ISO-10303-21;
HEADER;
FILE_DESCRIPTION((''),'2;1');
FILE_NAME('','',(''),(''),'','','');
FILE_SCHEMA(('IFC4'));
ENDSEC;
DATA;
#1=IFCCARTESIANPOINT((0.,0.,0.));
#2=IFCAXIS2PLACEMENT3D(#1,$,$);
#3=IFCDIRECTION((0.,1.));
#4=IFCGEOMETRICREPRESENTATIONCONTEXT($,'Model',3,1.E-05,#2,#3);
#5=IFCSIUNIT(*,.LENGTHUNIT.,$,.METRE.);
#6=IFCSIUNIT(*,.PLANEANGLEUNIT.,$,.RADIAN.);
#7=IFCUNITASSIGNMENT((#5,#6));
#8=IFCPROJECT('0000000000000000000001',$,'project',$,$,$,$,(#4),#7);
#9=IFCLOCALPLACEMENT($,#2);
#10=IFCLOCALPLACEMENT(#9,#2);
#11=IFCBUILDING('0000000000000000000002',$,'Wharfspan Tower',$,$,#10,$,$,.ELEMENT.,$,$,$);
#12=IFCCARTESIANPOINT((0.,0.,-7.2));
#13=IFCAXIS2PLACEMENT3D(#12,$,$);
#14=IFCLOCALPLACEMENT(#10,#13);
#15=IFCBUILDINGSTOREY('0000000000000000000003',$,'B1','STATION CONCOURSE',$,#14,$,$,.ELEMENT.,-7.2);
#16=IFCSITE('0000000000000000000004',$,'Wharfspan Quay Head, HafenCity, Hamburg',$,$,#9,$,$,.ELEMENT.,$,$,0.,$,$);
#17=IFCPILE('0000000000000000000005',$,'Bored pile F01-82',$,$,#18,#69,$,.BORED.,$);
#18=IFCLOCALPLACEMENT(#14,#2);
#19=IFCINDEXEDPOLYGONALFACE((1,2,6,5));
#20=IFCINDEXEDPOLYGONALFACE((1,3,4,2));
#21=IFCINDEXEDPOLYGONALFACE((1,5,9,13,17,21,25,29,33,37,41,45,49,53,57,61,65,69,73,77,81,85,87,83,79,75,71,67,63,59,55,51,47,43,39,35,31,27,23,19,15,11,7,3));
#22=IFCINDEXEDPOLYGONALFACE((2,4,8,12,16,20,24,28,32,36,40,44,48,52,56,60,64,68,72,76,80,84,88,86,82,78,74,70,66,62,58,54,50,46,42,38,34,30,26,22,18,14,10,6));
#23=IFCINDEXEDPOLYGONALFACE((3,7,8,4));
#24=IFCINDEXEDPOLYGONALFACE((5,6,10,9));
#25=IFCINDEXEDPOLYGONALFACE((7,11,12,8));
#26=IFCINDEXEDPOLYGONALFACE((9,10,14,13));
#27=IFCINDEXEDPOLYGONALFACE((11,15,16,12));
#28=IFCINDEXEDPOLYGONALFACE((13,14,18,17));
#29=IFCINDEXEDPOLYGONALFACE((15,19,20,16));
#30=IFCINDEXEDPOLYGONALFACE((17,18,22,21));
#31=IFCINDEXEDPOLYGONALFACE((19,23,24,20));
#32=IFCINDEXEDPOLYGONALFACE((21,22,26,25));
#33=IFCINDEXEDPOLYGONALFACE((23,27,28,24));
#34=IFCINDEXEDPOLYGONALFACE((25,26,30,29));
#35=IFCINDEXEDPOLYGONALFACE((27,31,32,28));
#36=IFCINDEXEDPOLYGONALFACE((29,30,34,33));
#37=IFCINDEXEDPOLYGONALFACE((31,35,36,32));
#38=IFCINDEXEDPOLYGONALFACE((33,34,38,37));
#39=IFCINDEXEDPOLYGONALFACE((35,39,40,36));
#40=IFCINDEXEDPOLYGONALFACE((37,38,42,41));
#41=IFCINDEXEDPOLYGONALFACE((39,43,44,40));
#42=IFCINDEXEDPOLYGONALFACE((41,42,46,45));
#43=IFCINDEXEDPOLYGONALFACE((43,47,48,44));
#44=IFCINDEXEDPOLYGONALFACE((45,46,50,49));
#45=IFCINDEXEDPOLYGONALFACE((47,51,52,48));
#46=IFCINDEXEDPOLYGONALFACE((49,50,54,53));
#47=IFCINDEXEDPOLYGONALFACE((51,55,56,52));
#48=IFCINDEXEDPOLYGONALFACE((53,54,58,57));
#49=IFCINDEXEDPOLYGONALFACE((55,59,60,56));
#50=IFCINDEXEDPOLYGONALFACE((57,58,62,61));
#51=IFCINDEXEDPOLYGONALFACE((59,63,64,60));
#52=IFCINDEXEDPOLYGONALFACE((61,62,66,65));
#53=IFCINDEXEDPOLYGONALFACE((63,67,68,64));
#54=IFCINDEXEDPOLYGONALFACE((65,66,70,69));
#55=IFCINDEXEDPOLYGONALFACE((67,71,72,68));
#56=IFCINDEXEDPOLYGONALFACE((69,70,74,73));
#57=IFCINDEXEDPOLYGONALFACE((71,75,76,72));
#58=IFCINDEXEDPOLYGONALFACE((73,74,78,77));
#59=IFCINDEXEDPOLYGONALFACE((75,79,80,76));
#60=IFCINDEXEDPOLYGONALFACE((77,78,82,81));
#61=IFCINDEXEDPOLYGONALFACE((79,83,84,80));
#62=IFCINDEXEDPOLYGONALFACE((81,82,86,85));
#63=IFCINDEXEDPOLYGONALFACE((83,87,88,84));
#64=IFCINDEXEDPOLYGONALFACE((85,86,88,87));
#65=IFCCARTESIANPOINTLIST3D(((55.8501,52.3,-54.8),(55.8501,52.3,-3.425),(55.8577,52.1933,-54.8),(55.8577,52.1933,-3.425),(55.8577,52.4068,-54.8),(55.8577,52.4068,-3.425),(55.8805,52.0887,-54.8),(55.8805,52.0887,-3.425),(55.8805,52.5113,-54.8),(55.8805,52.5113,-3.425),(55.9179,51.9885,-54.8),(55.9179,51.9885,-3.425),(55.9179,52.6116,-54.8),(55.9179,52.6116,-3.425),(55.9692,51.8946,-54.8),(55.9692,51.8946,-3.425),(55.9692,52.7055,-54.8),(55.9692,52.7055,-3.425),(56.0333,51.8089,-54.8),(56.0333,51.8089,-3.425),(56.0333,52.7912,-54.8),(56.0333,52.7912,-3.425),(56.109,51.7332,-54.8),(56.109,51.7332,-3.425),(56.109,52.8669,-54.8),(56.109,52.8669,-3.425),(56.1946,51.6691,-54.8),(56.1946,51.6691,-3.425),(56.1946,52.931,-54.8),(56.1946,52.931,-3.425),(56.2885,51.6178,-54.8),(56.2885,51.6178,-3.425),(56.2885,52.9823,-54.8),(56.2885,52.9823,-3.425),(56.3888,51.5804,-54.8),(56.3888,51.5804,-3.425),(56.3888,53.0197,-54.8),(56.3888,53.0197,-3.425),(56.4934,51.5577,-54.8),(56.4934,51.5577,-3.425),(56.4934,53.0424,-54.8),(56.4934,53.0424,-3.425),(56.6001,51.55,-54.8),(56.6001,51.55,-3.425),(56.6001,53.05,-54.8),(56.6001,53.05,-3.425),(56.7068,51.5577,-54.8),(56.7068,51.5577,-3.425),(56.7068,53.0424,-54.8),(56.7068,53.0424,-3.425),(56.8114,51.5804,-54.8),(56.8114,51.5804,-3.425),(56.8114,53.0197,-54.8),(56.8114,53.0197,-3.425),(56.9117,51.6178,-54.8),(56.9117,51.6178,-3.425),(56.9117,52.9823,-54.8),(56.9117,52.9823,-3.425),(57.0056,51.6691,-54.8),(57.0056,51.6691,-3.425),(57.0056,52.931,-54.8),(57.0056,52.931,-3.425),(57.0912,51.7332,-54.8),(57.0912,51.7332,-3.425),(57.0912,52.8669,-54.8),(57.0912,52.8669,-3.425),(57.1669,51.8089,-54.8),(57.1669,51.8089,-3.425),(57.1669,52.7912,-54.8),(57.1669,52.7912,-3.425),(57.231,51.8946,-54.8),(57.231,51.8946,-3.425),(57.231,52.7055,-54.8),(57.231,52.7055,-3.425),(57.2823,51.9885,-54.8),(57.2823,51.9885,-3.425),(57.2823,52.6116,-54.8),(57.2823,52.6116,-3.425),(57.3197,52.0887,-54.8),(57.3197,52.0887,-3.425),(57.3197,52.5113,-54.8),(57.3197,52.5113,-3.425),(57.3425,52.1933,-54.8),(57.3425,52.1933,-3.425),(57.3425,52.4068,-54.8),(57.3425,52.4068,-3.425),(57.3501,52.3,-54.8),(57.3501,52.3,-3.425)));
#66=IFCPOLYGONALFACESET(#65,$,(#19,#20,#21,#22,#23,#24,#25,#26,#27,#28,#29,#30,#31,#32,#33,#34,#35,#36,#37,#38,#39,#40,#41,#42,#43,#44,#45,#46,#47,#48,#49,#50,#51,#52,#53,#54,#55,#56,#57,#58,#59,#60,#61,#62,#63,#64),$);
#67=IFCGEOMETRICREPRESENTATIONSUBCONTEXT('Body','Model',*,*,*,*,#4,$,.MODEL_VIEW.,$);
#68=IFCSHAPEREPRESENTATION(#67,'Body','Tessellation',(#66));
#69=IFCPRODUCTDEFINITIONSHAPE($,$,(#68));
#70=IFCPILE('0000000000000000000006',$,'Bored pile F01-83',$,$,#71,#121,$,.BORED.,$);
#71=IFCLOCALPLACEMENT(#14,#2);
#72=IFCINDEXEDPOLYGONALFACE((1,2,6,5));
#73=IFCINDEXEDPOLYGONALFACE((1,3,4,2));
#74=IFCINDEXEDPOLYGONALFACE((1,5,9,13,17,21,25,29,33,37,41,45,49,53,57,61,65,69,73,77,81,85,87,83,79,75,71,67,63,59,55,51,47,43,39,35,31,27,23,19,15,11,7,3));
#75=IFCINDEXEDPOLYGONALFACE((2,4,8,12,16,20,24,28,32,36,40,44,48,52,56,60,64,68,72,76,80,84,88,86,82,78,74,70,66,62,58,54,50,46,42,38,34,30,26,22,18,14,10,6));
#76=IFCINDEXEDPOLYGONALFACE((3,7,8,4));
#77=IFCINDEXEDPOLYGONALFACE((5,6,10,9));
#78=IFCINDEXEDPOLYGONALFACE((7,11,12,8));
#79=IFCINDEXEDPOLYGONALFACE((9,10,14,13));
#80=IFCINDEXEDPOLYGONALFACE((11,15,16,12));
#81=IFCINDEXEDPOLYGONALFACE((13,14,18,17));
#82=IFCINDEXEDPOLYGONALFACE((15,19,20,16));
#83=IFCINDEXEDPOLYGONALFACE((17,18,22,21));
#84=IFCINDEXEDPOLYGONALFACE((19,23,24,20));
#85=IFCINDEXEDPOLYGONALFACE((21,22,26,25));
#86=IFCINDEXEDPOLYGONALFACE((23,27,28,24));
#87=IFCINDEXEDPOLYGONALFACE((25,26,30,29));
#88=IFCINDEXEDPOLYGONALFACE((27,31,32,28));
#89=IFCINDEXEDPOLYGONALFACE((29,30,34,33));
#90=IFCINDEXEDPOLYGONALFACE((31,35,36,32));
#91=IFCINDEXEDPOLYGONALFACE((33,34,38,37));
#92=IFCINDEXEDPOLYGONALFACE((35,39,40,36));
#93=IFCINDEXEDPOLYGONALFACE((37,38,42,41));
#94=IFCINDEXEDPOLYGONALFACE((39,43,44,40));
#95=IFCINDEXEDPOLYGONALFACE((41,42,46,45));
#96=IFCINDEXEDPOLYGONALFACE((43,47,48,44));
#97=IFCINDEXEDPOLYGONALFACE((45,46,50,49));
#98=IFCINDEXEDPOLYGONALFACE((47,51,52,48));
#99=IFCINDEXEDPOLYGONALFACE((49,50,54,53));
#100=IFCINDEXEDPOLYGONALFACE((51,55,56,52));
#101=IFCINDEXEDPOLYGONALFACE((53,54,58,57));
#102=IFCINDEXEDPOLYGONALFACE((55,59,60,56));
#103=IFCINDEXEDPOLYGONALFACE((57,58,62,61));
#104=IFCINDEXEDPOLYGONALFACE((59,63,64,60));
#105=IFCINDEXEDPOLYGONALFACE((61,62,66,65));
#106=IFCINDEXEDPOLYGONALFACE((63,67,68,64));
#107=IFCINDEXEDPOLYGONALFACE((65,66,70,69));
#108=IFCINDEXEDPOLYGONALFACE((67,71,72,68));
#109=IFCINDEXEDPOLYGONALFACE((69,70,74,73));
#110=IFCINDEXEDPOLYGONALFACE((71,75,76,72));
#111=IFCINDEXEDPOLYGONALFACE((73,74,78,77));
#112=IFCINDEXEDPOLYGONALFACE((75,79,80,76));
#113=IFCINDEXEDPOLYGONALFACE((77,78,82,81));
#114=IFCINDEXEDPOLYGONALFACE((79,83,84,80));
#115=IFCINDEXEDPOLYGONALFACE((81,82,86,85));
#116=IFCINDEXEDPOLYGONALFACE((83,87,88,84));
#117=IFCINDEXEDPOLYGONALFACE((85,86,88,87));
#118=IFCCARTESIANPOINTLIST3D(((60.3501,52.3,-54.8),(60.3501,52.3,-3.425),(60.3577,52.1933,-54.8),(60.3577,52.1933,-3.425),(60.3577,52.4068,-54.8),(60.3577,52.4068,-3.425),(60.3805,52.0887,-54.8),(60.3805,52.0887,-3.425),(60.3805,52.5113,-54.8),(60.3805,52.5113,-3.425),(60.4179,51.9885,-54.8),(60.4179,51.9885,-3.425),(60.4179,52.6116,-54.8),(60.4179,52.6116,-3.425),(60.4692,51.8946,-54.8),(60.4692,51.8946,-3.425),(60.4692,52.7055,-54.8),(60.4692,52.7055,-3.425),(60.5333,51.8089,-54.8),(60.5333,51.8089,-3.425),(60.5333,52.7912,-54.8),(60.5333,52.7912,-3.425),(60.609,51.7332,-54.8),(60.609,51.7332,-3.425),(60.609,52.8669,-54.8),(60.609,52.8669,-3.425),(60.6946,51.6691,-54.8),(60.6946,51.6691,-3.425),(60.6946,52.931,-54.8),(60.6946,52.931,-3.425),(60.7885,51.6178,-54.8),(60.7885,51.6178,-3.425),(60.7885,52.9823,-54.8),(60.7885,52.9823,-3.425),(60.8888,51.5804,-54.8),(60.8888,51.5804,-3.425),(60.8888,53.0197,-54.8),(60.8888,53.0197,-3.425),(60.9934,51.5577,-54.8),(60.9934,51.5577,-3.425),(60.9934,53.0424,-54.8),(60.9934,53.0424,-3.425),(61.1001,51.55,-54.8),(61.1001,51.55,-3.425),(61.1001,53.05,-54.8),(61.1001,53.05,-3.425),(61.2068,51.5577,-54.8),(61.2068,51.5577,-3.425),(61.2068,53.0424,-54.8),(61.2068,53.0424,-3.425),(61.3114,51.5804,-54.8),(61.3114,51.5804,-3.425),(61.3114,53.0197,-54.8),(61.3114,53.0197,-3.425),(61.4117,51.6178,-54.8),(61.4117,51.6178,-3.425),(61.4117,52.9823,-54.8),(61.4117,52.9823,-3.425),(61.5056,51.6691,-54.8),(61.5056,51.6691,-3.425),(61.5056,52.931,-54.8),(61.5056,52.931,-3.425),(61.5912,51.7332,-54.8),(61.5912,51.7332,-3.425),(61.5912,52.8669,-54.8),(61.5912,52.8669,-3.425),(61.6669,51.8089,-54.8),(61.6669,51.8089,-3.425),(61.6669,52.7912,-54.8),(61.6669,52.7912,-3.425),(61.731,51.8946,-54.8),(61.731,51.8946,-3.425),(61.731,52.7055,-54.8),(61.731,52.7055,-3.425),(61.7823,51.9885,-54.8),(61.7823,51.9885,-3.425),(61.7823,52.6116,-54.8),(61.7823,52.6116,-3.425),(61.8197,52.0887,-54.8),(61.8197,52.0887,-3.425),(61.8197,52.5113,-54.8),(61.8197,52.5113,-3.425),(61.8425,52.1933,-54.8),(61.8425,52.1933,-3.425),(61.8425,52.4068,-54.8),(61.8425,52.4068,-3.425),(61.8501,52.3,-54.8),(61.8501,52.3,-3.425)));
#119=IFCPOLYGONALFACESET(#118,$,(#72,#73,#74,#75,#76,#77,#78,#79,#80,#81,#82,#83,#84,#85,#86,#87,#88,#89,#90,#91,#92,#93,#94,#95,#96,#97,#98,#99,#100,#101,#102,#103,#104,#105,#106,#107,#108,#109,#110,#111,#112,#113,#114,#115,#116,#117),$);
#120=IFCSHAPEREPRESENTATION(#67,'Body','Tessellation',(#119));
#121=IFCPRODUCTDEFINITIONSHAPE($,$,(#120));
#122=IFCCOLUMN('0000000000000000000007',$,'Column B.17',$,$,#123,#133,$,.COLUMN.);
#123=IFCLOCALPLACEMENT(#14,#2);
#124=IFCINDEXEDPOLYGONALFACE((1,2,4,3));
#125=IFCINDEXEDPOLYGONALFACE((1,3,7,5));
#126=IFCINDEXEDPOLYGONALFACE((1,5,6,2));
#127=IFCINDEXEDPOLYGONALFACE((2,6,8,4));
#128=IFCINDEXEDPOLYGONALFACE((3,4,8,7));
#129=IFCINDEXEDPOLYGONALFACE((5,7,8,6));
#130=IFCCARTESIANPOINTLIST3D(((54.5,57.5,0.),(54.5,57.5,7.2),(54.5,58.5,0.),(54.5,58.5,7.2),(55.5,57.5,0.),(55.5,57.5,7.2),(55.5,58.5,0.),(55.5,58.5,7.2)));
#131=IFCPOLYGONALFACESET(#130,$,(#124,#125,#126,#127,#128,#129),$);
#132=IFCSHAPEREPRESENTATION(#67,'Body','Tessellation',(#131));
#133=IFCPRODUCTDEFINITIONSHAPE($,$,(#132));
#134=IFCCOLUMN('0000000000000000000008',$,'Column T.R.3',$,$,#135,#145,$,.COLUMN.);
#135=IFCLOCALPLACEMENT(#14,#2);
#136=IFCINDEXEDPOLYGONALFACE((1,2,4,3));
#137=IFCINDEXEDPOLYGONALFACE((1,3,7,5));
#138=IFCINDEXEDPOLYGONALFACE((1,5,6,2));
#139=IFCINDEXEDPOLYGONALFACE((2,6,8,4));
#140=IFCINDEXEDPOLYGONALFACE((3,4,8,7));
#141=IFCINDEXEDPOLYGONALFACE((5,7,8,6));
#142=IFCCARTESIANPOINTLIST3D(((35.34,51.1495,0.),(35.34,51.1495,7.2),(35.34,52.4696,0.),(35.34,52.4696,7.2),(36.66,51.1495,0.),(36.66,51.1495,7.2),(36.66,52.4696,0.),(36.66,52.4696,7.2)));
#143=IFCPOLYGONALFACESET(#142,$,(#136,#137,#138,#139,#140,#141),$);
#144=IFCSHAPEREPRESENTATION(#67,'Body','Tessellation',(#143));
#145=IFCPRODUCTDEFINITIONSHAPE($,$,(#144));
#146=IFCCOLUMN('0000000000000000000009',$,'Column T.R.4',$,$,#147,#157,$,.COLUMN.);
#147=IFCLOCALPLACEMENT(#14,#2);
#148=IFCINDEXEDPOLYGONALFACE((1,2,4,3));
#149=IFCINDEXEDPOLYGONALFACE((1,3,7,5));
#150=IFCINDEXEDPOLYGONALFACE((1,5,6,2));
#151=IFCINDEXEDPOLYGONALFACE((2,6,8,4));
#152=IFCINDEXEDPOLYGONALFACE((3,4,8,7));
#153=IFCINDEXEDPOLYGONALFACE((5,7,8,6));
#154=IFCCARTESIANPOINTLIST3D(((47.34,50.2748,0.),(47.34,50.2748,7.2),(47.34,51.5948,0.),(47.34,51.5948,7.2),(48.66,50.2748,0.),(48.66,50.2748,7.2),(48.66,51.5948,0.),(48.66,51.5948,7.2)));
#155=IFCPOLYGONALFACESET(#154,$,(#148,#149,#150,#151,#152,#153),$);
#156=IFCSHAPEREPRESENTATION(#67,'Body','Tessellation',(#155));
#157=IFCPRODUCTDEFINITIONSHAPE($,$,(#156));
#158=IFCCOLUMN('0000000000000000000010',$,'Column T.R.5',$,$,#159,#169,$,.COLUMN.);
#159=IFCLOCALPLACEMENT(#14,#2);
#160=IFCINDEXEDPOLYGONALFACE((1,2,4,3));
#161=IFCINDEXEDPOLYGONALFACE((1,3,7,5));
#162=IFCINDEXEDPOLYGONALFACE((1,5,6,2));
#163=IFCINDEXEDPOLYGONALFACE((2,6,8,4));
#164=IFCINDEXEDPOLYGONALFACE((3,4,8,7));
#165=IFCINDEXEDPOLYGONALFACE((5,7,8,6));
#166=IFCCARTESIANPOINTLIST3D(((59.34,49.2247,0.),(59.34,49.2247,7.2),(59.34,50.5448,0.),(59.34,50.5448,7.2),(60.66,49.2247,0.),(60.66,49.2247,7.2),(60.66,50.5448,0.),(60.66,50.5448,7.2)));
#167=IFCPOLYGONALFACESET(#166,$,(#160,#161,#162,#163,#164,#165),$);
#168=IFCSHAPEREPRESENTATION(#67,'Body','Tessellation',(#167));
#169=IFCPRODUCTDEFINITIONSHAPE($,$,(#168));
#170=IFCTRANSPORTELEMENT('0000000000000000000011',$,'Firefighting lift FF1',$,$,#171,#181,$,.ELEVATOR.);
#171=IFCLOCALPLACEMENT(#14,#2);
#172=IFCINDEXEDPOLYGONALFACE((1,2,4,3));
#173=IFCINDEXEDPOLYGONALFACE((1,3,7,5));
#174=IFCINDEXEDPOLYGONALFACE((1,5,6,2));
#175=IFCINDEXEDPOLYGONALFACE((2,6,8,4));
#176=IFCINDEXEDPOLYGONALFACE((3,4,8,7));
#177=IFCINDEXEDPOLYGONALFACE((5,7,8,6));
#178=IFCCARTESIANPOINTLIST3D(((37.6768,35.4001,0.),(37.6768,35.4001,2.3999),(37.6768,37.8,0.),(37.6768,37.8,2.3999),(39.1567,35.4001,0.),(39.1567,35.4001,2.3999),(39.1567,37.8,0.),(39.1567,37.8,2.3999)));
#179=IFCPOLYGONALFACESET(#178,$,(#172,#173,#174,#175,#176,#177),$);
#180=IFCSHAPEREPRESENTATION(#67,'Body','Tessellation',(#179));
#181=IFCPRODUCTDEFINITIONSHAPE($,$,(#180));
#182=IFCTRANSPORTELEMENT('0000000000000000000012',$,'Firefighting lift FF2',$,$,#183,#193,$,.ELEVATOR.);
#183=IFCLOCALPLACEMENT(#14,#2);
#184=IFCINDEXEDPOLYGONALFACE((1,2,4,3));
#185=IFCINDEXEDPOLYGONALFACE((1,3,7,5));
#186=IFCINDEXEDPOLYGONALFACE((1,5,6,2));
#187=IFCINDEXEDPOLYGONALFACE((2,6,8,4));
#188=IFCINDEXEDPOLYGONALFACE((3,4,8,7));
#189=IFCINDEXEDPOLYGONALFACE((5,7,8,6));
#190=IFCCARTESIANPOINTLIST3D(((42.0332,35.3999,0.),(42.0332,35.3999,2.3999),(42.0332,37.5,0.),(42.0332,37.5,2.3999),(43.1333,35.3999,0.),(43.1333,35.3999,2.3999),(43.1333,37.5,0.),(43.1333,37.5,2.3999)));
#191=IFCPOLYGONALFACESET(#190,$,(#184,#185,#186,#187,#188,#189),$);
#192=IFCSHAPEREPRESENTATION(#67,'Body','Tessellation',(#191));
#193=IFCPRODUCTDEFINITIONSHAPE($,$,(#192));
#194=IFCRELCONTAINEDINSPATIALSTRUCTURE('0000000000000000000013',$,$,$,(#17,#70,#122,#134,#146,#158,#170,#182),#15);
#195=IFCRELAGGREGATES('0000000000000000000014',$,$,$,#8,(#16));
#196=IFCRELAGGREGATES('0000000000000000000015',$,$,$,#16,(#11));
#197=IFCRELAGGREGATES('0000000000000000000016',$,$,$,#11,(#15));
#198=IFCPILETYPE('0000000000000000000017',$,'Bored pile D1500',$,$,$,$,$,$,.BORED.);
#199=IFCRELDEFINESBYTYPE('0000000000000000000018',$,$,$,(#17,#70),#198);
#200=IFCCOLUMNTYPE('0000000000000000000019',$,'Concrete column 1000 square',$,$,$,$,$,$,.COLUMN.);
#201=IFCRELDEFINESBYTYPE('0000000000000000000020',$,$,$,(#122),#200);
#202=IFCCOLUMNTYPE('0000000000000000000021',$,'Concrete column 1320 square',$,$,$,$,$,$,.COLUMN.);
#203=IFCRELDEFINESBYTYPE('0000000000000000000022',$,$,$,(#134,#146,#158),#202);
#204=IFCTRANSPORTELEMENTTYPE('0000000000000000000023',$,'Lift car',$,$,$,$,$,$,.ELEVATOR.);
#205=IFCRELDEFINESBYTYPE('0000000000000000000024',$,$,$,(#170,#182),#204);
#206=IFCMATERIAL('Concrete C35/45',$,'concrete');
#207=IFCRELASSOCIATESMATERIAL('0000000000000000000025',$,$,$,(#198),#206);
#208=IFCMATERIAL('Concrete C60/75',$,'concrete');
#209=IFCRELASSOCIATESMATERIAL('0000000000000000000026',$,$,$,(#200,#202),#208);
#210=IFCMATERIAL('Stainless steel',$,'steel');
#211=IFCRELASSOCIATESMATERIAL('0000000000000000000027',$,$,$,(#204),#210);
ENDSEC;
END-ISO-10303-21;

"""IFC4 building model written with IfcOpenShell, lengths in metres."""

from ifc_helpers import new_model, si_unit, direction, frame, origin, origin_2d, place, context, subcontext, project, spatial, rectangle, circle, extrude, material, material_profile, profile_set, type_object, element, save


model = new_model("IFC4")

# Units and contexts
model_context = context("Model", 3, precision=1e-05, world=origin(), true_north=direction((0.0, 1.0)))
body_context = subcontext(model_context, "Body", "Model", "MODEL_VIEW")
ifc_project = project(units=[si_unit("LENGTHUNIT", "METRE"), si_unit("PLANEANGLEUNIT", "RADIAN")], contexts=[model_context])

# Site, building, storey
site_placement = place(None, origin())
site = spatial("IfcSite", under=ifc_project, at=site_placement, Name="Wharfspan Quay Head, HafenCity, Hamburg", CompositionType="ELEMENT", RefElevation=0.0)
building_placement = place(site_placement, origin())
building = spatial("IfcBuilding", under=site, at=building_placement, Name="Wharfspan Tower", CompositionType="ELEMENT")
storey_placement = place(building_placement, frame((0.0, 0.0, -7.2)))
storey = spatial("IfcBuildingStorey", under=building, at=storey_placement, Name="B1", Description="STATION CONCOURSE", CompositionType="ELEMENT", Elevation=-7.2)

# Piles
ifc_material_1 = material(Name="Concrete C35/45", Category="concrete")
ifc_material_profile_1 = material_profile(ifc_material_1, circle(Radius=0.75, at=origin_2d()))
ifc_profile_set_1 = profile_set([ifc_material_profile_1], Name="Concrete C35/45")
pile_type = type_object("IfcPileType", Name="Bored pile D1500", PredefinedType="BORED", material=ifc_profile_set_1)
for number, where, z_axis, x_axis, name in (
    (1, (56.6001, 52.3, -3.425), (0.0, 0.0, -1.0), (1.0, 0.0, 0.0), "Bored pile F01-82"),
    (2, (61.1001, 52.3, -3.425), (0.0, 0.0, -1.0), (1.0, 0.0, 0.0), "Bored pile F01-83"),
):
    element("IfcPile", number, at=place(storey_placement, frame(where, z_axis=z_axis, x_axis=x_axis)), inside=storey, type_object=pile_type, Name=name, PredefinedType="BORED", context=body_context, shape_type="SweptSolid", body=[
        extrude(circle(Radius=0.75, at=origin_2d()), origin(), (0.0, 0.0, 1.0), 51.375),
    ])

# Columns
ifc_material_2 = material(Name="Concrete C60/75", Category="concrete")
ifc_material_profile_2 = material_profile(ifc_material_2, rectangle(XDim=1.0, YDim=1.0, at=origin_2d()))
ifc_profile_set_2 = profile_set([ifc_material_profile_2], Name="Concrete C60/75")
column_type_1 = type_object("IfcColumnType", Name="Concrete column 1000 square", PredefinedType="COLUMN", material=ifc_profile_set_2)
column_placement = place(storey_placement, frame((55.0, 58.0, 0.0), z_axis=(0.0, 0.0, 1.0), x_axis=(1.0, 0.0, 0.0)))
element("IfcColumn", 3, at=column_placement, inside=storey, type_object=column_type_1, Name="Column B.17", PredefinedType="COLUMN", context=body_context, shape_type="SweptSolid", body=[
    extrude(rectangle(XDim=1.0, YDim=1.0, at=origin_2d()), origin(), (0.0, 0.0, 1.0), 7.2),
])
ifc_material_profile_3 = material_profile(ifc_material_2, rectangle(XDim=1.3201, YDim=1.3201, at=origin_2d()))
ifc_profile_set_3 = profile_set([ifc_material_profile_3], Name="Concrete C60/75")
column_type_2 = type_object("IfcColumnType", Name="Concrete column 1320 square", PredefinedType="COLUMN", material=ifc_profile_set_3)
for number, where, z_axis, x_axis, name in (
    (4, (36.0, 51.8096, 0.0), (0.0, 0.0, 1.0), (1.0, 0.0, 0.0), "Column T.R.3"),
    (5, (48.0, 50.9348, 0.0), (0.0, 0.0, 1.0), (1.0, 0.0, 0.0), "Column T.R.4"),
    (6, (60.0, 49.8848, 0.0), (0.0, 0.0, 1.0), (1.0, 0.0, 0.0), "Column T.R.5"),
):
    element("IfcColumn", number, at=place(storey_placement, frame(where, z_axis=z_axis, x_axis=x_axis)), inside=storey, type_object=column_type_2, Name=name, PredefinedType="COLUMN", context=body_context, shape_type="SweptSolid", body=[
        extrude(rectangle(XDim=1.3201, YDim=1.3201, at=origin_2d()), origin(), (0.0, 0.0, 1.0), 7.2),
    ])

# Transport elements
ifc_material_3 = material(Name="Stainless steel", Category="steel")
transport_element_type = type_object("IfcTransportElementType", Name="Lift car", PredefinedType="ELEVATOR", material=ifc_material_3)
transport_element_1_placement = place(storey_placement, frame((38.4167, 36.6001, 0.0), z_axis=(0.0, 0.0, 1.0), x_axis=(1.0, 0.0, 0.0)))
element("IfcTransportElement", 7, at=transport_element_1_placement, inside=storey, type_object=transport_element_type, Name="Firefighting lift FF1", PredefinedType="ELEVATOR", context=body_context, shape_type="SweptSolid", body=[
    extrude(rectangle(XDim=1.48, YDim=2.3999, at=origin_2d()), origin(), (0.0, 0.0, 1.0), 2.3999),
])
transport_element_2_placement = place(storey_placement, frame((42.5833, 36.45, 0.0), z_axis=(0.0, 0.0, 1.0), x_axis=(1.0, 0.0, 0.0)))
element("IfcTransportElement", 8, at=transport_element_2_placement, inside=storey, type_object=transport_element_type, Name="Firefighting lift FF2", PredefinedType="ELEVATOR", context=body_context, shape_type="SweptSolid", body=[
    extrude(rectangle(XDim=1.1001, YDim=2.1001, at=origin_2d()), origin(), (0.0, 0.0, 1.0), 2.3999),
])

save(model, "model.ifc")
